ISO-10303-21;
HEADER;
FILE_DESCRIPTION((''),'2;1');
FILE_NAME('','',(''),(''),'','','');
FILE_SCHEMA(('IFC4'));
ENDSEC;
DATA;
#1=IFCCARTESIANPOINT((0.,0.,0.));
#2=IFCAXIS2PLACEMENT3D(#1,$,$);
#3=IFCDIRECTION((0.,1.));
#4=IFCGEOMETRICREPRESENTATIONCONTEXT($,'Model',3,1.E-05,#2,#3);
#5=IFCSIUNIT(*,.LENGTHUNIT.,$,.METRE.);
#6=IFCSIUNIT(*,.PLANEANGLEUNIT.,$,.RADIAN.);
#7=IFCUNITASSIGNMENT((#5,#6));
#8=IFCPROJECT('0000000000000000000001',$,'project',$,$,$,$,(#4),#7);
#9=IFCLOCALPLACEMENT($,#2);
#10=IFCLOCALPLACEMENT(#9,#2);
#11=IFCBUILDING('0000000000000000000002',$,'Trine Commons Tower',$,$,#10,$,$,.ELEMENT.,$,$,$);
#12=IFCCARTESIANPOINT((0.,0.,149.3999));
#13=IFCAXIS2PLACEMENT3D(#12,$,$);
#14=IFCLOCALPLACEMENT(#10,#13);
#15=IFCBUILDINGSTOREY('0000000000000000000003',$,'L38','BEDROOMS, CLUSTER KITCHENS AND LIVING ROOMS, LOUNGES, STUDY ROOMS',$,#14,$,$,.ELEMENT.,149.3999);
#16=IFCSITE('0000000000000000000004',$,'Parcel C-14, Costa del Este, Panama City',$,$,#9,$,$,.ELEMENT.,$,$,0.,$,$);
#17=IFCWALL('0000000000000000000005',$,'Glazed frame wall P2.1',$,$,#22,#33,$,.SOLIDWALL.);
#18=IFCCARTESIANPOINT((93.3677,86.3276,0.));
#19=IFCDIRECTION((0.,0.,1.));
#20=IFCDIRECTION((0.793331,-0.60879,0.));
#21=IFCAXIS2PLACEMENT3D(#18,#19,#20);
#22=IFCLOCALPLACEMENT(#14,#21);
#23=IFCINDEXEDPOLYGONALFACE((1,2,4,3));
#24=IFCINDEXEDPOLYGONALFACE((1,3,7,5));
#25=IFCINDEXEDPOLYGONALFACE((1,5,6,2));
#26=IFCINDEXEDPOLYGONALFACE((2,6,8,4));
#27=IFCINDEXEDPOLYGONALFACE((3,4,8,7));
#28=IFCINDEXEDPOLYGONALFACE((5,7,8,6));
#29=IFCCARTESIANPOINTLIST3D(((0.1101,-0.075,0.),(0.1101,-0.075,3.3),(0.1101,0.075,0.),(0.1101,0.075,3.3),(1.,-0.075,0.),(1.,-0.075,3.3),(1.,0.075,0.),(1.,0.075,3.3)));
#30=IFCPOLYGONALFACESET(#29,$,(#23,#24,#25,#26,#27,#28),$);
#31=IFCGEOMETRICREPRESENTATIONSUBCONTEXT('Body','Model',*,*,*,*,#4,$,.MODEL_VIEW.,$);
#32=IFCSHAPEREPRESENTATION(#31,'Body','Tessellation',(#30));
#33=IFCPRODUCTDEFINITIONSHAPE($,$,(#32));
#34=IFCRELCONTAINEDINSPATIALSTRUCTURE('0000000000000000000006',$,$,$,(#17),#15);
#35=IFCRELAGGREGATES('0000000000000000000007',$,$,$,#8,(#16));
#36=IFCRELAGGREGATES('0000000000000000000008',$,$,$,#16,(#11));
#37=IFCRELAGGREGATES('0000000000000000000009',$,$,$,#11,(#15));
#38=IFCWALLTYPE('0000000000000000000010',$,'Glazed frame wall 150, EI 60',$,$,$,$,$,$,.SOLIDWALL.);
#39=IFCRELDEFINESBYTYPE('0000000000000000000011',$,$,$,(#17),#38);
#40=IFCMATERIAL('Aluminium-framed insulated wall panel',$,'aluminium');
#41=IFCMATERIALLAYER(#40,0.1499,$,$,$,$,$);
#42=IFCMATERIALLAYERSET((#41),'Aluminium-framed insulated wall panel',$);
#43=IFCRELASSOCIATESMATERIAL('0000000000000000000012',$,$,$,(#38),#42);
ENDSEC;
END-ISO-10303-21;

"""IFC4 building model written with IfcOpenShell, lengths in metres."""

from ifc_helpers import new_model, si_unit, direction, frame, origin, place, context, subcontext, project, spatial, polyline, outline, extrude, material, layer, layer_set, type_object, element, save


model = new_model("IFC4")

# Units and contexts
model_context = context("Model", 3, precision=1e-05, world=origin(), true_north=direction((0.0, 1.0)))
body_context = subcontext(model_context, "Body", "Model", "MODEL_VIEW")
ifc_project = project(units=[si_unit("LENGTHUNIT", "METRE"), si_unit("PLANEANGLEUNIT", "RADIAN")], contexts=[model_context])

# Site, building, storey
site_placement = place(None, origin())
site = spatial("IfcSite", under=ifc_project, at=site_placement, Name="Parcel C-14, Costa del Este, Panama City", CompositionType="ELEMENT", RefElevation=0.0)
building_placement = place(site_placement, origin())
building = spatial("IfcBuilding", under=site, at=building_placement, Name="Trine Commons Tower", CompositionType="ELEMENT")
storey_placement = place(building_placement, frame((0.0, 0.0, 149.3999)))
storey = spatial("IfcBuildingStorey", under=building, at=storey_placement, Name="L38", Description="BEDROOMS, CLUSTER KITCHENS AND LIVING ROOMS, LOUNGES, STUDY ROOMS", CompositionType="ELEMENT", Elevation=149.3999)

# Wall
ifc_material_1 = material(Name="Aluminium-framed insulated wall panel", Category="aluminium")
ifc_layer_1 = layer(ifc_material_1, 0.1499)
ifc_layer_set_1 = layer_set([ifc_layer_1], Name="Aluminium-framed insulated wall panel")
wall_type_1 = type_object("IfcWallType", Name="Glazed frame wall 150, EI 60", PredefinedType="SOLIDWALL", material=ifc_layer_set_1)
wall_1_placement = place(storey_placement, frame((93.3677, 86.3276, 0.0), z_axis=(0.0, 0.0, 1.0), x_axis=(0.793331, -0.60879, 0.0)))
element("IfcWall", 1, at=wall_1_placement, inside=storey, type_object=wall_type_1, Name="Glazed frame wall P2.1", PredefinedType="SOLIDWALL", context=body_context, shape_type="SweptSolid", body=[
    extrude(outline(polyline([(0.1101, -0.075), (1.0, -0.075), (1.0, 0.075), (0.1101, 0.075), (0.1101, -0.075)])), origin(), (0.0, 0.0, 1.0), 3.3),
])

save(model, "model.ifc")
